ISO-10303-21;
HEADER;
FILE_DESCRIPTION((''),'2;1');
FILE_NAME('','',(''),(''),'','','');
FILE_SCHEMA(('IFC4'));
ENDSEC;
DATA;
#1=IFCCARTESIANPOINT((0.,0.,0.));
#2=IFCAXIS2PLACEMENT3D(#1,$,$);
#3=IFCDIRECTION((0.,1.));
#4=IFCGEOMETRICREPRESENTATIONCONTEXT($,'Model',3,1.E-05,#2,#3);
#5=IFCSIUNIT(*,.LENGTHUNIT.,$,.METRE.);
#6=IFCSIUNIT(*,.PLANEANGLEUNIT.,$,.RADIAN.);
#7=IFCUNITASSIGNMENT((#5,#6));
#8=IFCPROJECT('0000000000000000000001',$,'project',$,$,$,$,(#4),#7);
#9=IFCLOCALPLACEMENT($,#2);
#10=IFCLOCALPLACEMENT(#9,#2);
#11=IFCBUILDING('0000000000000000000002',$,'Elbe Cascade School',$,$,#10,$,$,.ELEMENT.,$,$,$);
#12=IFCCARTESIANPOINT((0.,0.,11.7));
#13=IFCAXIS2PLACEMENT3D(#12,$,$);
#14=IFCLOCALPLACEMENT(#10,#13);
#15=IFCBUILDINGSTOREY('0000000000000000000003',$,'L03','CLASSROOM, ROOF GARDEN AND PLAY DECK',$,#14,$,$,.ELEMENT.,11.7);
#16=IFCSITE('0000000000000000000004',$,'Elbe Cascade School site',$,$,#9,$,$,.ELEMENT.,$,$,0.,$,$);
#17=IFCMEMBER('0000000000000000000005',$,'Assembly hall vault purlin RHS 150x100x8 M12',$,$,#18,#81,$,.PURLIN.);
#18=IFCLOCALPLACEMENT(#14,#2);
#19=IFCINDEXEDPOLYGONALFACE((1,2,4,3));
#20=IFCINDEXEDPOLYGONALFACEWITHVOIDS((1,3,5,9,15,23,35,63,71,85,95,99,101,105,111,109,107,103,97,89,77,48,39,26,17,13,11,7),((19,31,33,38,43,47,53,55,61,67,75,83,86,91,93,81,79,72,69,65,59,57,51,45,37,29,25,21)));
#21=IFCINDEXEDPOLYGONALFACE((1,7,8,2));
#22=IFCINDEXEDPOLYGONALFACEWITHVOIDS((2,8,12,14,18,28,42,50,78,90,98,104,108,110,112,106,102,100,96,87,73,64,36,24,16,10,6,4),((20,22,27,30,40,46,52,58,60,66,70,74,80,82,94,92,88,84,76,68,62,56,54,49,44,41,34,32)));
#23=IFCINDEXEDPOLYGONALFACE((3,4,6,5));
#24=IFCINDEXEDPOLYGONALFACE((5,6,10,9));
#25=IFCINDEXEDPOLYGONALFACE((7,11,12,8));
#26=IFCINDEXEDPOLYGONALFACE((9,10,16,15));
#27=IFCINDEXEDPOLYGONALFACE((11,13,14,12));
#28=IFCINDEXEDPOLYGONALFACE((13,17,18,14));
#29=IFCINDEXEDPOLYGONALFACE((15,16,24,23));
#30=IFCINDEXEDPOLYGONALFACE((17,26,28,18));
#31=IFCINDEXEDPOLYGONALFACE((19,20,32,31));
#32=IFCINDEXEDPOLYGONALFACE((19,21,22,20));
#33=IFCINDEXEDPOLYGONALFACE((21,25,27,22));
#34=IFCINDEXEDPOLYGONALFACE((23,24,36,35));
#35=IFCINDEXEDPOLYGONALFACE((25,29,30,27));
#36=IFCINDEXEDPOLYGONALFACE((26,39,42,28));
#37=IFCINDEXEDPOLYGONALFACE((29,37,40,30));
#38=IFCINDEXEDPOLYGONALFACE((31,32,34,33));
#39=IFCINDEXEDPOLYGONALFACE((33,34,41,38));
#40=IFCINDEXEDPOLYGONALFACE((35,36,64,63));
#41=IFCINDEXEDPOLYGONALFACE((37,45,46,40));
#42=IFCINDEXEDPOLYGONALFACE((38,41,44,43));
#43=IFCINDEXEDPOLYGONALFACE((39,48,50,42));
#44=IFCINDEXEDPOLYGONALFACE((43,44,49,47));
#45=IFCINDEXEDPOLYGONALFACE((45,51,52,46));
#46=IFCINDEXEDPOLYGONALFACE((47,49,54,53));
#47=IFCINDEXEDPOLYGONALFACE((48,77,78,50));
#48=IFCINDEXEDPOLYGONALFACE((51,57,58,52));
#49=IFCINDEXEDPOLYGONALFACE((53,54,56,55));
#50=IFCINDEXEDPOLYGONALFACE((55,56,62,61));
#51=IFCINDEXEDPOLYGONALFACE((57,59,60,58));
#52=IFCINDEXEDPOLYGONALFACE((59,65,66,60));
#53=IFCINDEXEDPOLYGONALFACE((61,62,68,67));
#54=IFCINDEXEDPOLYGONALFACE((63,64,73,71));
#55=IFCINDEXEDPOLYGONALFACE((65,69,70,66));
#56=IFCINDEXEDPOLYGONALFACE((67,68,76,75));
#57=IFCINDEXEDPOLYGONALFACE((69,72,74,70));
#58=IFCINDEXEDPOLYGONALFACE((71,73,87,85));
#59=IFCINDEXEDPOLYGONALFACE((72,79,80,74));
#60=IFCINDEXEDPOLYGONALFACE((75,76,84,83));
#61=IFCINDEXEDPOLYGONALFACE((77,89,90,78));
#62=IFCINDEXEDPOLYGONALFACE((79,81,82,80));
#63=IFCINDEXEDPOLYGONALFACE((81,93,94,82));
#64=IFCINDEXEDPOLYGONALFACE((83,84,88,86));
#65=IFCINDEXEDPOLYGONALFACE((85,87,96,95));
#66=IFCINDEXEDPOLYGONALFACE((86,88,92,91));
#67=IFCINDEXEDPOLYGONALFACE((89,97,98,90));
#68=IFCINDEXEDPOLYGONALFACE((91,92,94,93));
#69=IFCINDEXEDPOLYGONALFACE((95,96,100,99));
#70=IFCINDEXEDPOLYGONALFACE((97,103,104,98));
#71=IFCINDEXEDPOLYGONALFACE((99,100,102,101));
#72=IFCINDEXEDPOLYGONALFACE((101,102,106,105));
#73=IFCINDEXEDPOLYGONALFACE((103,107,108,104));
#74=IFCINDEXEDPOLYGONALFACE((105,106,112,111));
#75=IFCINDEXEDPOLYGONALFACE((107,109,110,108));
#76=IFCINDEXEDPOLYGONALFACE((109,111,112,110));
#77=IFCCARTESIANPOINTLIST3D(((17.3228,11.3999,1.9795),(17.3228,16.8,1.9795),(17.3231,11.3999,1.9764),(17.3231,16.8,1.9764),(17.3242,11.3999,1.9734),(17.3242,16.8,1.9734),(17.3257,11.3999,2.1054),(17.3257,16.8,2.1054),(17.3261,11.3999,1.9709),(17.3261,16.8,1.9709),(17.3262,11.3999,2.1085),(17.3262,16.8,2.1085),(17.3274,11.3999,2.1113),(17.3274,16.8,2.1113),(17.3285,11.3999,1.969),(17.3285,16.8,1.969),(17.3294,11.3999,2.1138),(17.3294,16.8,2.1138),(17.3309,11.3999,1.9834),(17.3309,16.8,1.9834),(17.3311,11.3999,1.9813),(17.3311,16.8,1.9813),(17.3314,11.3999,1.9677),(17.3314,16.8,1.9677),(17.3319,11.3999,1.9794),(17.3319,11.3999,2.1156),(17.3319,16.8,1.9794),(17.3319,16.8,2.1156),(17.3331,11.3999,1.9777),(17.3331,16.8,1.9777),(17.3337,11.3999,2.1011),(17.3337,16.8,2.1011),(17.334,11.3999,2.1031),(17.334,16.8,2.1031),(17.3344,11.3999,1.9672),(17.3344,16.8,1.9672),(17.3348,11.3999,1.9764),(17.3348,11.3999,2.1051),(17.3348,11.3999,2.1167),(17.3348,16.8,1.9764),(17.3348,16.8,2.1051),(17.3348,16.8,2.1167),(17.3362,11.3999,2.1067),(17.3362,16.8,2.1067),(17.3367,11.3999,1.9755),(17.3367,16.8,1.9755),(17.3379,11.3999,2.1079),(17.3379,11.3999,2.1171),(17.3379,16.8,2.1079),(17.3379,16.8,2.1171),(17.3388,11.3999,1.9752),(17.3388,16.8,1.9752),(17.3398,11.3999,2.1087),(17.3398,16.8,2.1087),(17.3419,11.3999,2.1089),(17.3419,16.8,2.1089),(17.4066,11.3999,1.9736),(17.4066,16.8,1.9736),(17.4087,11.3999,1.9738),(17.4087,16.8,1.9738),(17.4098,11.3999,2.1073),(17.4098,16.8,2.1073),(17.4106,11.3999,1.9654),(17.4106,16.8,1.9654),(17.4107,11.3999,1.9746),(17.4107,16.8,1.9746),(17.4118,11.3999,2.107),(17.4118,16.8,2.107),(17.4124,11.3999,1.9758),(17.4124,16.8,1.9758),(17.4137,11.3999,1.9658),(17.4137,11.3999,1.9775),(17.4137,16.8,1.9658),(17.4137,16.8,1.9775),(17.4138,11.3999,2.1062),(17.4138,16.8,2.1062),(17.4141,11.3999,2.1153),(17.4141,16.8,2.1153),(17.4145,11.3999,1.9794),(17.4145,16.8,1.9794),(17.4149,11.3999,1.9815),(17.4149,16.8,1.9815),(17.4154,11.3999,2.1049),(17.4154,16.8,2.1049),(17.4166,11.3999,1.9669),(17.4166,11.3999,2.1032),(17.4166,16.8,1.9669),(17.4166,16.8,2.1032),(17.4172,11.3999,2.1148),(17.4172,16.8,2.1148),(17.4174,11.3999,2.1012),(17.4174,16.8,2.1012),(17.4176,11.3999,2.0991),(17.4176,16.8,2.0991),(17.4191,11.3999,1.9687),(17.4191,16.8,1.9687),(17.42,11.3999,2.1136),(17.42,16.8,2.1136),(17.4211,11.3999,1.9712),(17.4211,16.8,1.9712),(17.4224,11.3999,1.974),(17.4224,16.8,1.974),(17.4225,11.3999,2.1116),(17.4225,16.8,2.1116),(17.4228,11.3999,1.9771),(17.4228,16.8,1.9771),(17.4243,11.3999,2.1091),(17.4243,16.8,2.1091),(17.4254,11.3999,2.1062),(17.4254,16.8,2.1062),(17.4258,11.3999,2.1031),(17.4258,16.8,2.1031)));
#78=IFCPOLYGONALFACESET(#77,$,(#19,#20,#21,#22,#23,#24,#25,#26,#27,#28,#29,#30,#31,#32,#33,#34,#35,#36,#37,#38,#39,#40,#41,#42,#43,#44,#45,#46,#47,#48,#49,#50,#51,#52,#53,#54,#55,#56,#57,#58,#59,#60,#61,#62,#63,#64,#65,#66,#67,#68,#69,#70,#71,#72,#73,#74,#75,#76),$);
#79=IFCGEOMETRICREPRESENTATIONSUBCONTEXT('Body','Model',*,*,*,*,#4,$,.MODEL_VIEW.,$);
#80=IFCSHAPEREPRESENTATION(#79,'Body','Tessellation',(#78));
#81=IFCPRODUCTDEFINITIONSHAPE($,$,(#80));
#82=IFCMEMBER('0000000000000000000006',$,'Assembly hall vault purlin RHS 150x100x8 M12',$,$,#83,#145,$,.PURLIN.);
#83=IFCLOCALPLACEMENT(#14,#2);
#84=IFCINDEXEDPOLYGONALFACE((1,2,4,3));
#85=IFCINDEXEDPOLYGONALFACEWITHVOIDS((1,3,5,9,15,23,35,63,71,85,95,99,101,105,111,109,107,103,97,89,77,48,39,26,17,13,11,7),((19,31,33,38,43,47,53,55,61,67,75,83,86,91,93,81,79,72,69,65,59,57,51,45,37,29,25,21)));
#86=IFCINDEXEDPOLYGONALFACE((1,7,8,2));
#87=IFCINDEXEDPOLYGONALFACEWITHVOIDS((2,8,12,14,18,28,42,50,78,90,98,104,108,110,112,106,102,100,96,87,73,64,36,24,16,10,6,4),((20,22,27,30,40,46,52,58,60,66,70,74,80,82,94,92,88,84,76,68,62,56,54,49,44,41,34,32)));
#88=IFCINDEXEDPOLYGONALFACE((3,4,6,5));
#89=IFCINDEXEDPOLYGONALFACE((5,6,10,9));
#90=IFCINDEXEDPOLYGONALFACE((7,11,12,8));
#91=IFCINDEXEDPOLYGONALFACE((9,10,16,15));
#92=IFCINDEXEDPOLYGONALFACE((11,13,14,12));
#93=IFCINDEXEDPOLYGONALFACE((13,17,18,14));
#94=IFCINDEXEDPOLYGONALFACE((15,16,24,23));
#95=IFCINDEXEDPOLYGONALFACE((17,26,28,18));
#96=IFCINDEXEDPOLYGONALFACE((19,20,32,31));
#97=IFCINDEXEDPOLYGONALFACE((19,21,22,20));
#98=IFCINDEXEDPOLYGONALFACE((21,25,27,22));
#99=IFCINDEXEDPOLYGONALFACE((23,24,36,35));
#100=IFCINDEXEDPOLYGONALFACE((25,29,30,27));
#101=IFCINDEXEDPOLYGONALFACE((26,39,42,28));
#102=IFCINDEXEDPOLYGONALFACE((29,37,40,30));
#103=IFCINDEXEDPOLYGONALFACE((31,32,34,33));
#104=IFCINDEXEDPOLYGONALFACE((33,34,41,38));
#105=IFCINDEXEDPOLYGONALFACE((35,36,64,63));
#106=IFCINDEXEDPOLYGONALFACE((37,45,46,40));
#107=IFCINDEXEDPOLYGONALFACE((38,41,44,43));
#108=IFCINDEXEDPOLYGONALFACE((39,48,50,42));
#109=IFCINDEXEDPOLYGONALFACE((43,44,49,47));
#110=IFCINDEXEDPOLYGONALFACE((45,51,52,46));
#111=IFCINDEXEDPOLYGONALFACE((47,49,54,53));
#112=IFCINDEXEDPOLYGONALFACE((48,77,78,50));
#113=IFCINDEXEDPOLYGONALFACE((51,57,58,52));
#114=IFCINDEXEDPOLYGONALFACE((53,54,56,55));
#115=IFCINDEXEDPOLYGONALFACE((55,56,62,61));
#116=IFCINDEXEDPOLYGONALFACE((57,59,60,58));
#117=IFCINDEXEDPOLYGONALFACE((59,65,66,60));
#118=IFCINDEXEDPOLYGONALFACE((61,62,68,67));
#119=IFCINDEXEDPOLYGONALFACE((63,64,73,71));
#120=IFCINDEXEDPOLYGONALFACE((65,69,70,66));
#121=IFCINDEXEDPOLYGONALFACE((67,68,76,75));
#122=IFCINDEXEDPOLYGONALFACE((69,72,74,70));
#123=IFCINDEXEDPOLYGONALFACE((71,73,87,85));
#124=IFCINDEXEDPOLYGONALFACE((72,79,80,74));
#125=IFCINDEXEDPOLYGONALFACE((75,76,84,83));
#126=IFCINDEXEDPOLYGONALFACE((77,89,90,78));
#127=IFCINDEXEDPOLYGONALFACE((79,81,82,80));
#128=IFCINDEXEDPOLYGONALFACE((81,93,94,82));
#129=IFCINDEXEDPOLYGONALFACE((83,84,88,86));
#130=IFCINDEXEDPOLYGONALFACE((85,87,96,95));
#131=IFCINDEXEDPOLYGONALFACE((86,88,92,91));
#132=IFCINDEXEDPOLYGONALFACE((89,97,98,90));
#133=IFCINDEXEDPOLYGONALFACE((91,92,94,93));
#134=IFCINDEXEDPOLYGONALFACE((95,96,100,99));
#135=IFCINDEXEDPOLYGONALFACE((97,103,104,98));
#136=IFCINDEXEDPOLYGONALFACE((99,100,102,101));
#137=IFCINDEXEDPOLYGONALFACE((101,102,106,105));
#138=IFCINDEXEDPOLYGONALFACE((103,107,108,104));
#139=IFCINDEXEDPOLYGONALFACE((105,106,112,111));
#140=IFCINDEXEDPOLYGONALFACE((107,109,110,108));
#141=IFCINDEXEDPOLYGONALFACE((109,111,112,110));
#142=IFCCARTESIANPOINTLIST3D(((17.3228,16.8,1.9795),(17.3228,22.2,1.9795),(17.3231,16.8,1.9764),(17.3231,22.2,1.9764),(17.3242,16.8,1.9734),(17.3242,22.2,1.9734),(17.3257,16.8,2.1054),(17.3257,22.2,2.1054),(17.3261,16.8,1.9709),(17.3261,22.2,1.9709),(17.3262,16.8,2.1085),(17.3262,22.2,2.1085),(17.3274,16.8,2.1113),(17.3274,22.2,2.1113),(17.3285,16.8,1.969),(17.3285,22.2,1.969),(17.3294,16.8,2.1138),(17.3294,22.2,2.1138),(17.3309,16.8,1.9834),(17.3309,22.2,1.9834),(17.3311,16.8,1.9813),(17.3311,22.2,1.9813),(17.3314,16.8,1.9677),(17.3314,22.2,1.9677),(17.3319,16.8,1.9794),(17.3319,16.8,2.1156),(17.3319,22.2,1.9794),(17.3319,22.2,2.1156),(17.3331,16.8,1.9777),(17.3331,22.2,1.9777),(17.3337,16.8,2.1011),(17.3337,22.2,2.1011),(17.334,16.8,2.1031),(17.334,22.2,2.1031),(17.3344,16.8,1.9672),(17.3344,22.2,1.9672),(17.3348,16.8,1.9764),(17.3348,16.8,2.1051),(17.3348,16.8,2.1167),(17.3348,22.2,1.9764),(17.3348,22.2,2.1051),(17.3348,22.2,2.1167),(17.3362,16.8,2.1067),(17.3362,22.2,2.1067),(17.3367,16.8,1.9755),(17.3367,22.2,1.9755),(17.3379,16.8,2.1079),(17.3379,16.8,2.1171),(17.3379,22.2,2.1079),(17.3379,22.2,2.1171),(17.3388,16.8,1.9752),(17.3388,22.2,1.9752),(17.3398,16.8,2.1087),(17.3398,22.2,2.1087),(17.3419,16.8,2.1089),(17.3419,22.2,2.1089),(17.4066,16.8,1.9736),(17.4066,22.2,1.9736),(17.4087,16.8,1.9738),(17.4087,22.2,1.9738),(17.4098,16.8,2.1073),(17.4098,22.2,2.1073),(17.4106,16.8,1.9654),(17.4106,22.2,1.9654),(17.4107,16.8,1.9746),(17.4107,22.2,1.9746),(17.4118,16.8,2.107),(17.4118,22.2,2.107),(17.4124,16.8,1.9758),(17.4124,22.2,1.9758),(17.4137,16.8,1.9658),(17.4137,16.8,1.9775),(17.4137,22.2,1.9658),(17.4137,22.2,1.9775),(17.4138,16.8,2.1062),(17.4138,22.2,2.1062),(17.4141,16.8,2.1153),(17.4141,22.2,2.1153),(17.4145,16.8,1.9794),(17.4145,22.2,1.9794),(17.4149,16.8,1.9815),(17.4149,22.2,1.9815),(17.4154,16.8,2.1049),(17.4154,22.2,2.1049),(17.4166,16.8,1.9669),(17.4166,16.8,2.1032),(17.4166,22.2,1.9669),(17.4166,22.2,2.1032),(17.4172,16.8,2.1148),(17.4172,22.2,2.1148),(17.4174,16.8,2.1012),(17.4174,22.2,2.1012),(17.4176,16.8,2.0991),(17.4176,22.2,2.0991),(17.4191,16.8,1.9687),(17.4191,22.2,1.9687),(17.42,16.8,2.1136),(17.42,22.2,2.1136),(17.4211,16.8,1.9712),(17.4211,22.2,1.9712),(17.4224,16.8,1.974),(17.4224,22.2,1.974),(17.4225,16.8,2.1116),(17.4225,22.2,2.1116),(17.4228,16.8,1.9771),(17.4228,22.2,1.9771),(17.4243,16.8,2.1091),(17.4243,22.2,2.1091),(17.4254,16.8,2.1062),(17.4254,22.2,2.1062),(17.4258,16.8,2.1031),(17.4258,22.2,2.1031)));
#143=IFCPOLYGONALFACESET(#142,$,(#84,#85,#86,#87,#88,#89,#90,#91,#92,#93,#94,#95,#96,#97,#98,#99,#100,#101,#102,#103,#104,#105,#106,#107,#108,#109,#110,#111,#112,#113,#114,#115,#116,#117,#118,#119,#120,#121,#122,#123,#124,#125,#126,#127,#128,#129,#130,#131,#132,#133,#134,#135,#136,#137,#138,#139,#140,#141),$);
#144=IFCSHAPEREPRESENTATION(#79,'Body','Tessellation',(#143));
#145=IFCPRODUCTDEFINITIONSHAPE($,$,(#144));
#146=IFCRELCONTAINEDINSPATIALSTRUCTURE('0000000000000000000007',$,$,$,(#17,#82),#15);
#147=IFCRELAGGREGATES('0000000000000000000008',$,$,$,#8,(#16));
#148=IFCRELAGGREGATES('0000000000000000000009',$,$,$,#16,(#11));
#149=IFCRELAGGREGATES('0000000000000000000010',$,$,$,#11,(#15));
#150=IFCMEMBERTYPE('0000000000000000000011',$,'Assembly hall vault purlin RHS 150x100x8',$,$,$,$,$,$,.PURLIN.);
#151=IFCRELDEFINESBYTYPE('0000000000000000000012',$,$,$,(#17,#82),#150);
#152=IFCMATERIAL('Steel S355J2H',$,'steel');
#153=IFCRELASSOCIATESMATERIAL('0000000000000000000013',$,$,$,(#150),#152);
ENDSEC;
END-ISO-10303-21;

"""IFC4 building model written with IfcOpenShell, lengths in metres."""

from ifc_helpers import new_model, si_unit, direction, frame, origin, origin_2d, place, context, subcontext, project, spatial, hollow_rectangle, extrude, material, material_profile, profile_set, type_object, element, save


model = new_model("IFC4")

# Units and contexts
model_context = context("Model", 3, precision=1e-05, world=origin(), true_north=direction((0.0, 1.0)))
body_context = subcontext(model_context, "Body", "Model", "MODEL_VIEW")
ifc_project = project(units=[si_unit("LENGTHUNIT", "METRE"), si_unit("PLANEANGLEUNIT", "RADIAN")], contexts=[model_context])

# Site, building, storey
site_placement = place(None, origin())
site = spatial("IfcSite", under=ifc_project, at=site_placement, Name="Elbe Cascade School site", CompositionType="ELEMENT", RefElevation=0.0)
building_placement = place(site_placement, origin())
building = spatial("IfcBuilding", under=site, at=building_placement, Name="Elbe Cascade School", CompositionType="ELEMENT")
storey_placement = place(building_placement, frame((0.0, 0.0, 11.7)))
storey = spatial("IfcBuildingStorey", under=building, at=storey_placement, Name="L03", Description="CLASSROOM, ROOF GARDEN AND PLAY DECK", CompositionType="ELEMENT", Elevation=11.7)

# Members
ifc_material_1 = material(Name="Steel S355J2H", Category="steel")
ifc_material_profile_1 = material_profile(ifc_material_1, hollow_rectangle(XDim=0.1001, YDim=0.1499, WallThickness=0.0081, InnerFilletRadius=0.0081, OuterFilletRadius=0.012, at=origin_2d()), Name="RHS 150x100x8")
ifc_profile_set_1 = profile_set([ifc_material_profile_1], Name="Steel S355J2H")
member_type_1 = type_object("IfcMemberType", Name="Assembly hall vault purlin RHS 150x100x8", PredefinedType="PURLIN", material=ifc_profile_set_1)
member_1_placement = place(storey_placement, frame((17.3743, 11.3999, 2.0413), z_axis=(0.0, 1.0, 0.0), x_axis=(-0.999727, 0.0, 0.023378)))
element("IfcMember", 1, at=member_1_placement, inside=storey, type_object=member_type_1, Name="Assembly hall vault purlin RHS 150x100x8 M12", PredefinedType="PURLIN", context=body_context, shape_type="SweptSolid", body=[
    extrude(hollow_rectangle(XDim=0.1001, YDim=0.1499, WallThickness=0.0081, InnerFilletRadius=0.0081, OuterFilletRadius=0.012, at=origin_2d()), origin(), (0.0, 0.0, 1.0), 5.4001),
])
member_2_placement = place(storey_placement, frame((17.3743, 16.8, 2.0413), z_axis=(0.0, 1.0, 0.0), x_axis=(-0.999727, 0.0, 0.023378)))
element("IfcMember", 2, at=member_2_placement, inside=storey, type_object=member_type_1, Name="Assembly hall vault purlin RHS 150x100x8 M12", PredefinedType="PURLIN", context=body_context, shape_type="SweptSolid", body=[
    extrude(hollow_rectangle(XDim=0.1001, YDim=0.1499, WallThickness=0.0081, InnerFilletRadius=0.0081, OuterFilletRadius=0.012, at=origin_2d()), origin(), (0.0, 0.0, 1.0), 5.3999),
])

save(model, "model.ifc")
